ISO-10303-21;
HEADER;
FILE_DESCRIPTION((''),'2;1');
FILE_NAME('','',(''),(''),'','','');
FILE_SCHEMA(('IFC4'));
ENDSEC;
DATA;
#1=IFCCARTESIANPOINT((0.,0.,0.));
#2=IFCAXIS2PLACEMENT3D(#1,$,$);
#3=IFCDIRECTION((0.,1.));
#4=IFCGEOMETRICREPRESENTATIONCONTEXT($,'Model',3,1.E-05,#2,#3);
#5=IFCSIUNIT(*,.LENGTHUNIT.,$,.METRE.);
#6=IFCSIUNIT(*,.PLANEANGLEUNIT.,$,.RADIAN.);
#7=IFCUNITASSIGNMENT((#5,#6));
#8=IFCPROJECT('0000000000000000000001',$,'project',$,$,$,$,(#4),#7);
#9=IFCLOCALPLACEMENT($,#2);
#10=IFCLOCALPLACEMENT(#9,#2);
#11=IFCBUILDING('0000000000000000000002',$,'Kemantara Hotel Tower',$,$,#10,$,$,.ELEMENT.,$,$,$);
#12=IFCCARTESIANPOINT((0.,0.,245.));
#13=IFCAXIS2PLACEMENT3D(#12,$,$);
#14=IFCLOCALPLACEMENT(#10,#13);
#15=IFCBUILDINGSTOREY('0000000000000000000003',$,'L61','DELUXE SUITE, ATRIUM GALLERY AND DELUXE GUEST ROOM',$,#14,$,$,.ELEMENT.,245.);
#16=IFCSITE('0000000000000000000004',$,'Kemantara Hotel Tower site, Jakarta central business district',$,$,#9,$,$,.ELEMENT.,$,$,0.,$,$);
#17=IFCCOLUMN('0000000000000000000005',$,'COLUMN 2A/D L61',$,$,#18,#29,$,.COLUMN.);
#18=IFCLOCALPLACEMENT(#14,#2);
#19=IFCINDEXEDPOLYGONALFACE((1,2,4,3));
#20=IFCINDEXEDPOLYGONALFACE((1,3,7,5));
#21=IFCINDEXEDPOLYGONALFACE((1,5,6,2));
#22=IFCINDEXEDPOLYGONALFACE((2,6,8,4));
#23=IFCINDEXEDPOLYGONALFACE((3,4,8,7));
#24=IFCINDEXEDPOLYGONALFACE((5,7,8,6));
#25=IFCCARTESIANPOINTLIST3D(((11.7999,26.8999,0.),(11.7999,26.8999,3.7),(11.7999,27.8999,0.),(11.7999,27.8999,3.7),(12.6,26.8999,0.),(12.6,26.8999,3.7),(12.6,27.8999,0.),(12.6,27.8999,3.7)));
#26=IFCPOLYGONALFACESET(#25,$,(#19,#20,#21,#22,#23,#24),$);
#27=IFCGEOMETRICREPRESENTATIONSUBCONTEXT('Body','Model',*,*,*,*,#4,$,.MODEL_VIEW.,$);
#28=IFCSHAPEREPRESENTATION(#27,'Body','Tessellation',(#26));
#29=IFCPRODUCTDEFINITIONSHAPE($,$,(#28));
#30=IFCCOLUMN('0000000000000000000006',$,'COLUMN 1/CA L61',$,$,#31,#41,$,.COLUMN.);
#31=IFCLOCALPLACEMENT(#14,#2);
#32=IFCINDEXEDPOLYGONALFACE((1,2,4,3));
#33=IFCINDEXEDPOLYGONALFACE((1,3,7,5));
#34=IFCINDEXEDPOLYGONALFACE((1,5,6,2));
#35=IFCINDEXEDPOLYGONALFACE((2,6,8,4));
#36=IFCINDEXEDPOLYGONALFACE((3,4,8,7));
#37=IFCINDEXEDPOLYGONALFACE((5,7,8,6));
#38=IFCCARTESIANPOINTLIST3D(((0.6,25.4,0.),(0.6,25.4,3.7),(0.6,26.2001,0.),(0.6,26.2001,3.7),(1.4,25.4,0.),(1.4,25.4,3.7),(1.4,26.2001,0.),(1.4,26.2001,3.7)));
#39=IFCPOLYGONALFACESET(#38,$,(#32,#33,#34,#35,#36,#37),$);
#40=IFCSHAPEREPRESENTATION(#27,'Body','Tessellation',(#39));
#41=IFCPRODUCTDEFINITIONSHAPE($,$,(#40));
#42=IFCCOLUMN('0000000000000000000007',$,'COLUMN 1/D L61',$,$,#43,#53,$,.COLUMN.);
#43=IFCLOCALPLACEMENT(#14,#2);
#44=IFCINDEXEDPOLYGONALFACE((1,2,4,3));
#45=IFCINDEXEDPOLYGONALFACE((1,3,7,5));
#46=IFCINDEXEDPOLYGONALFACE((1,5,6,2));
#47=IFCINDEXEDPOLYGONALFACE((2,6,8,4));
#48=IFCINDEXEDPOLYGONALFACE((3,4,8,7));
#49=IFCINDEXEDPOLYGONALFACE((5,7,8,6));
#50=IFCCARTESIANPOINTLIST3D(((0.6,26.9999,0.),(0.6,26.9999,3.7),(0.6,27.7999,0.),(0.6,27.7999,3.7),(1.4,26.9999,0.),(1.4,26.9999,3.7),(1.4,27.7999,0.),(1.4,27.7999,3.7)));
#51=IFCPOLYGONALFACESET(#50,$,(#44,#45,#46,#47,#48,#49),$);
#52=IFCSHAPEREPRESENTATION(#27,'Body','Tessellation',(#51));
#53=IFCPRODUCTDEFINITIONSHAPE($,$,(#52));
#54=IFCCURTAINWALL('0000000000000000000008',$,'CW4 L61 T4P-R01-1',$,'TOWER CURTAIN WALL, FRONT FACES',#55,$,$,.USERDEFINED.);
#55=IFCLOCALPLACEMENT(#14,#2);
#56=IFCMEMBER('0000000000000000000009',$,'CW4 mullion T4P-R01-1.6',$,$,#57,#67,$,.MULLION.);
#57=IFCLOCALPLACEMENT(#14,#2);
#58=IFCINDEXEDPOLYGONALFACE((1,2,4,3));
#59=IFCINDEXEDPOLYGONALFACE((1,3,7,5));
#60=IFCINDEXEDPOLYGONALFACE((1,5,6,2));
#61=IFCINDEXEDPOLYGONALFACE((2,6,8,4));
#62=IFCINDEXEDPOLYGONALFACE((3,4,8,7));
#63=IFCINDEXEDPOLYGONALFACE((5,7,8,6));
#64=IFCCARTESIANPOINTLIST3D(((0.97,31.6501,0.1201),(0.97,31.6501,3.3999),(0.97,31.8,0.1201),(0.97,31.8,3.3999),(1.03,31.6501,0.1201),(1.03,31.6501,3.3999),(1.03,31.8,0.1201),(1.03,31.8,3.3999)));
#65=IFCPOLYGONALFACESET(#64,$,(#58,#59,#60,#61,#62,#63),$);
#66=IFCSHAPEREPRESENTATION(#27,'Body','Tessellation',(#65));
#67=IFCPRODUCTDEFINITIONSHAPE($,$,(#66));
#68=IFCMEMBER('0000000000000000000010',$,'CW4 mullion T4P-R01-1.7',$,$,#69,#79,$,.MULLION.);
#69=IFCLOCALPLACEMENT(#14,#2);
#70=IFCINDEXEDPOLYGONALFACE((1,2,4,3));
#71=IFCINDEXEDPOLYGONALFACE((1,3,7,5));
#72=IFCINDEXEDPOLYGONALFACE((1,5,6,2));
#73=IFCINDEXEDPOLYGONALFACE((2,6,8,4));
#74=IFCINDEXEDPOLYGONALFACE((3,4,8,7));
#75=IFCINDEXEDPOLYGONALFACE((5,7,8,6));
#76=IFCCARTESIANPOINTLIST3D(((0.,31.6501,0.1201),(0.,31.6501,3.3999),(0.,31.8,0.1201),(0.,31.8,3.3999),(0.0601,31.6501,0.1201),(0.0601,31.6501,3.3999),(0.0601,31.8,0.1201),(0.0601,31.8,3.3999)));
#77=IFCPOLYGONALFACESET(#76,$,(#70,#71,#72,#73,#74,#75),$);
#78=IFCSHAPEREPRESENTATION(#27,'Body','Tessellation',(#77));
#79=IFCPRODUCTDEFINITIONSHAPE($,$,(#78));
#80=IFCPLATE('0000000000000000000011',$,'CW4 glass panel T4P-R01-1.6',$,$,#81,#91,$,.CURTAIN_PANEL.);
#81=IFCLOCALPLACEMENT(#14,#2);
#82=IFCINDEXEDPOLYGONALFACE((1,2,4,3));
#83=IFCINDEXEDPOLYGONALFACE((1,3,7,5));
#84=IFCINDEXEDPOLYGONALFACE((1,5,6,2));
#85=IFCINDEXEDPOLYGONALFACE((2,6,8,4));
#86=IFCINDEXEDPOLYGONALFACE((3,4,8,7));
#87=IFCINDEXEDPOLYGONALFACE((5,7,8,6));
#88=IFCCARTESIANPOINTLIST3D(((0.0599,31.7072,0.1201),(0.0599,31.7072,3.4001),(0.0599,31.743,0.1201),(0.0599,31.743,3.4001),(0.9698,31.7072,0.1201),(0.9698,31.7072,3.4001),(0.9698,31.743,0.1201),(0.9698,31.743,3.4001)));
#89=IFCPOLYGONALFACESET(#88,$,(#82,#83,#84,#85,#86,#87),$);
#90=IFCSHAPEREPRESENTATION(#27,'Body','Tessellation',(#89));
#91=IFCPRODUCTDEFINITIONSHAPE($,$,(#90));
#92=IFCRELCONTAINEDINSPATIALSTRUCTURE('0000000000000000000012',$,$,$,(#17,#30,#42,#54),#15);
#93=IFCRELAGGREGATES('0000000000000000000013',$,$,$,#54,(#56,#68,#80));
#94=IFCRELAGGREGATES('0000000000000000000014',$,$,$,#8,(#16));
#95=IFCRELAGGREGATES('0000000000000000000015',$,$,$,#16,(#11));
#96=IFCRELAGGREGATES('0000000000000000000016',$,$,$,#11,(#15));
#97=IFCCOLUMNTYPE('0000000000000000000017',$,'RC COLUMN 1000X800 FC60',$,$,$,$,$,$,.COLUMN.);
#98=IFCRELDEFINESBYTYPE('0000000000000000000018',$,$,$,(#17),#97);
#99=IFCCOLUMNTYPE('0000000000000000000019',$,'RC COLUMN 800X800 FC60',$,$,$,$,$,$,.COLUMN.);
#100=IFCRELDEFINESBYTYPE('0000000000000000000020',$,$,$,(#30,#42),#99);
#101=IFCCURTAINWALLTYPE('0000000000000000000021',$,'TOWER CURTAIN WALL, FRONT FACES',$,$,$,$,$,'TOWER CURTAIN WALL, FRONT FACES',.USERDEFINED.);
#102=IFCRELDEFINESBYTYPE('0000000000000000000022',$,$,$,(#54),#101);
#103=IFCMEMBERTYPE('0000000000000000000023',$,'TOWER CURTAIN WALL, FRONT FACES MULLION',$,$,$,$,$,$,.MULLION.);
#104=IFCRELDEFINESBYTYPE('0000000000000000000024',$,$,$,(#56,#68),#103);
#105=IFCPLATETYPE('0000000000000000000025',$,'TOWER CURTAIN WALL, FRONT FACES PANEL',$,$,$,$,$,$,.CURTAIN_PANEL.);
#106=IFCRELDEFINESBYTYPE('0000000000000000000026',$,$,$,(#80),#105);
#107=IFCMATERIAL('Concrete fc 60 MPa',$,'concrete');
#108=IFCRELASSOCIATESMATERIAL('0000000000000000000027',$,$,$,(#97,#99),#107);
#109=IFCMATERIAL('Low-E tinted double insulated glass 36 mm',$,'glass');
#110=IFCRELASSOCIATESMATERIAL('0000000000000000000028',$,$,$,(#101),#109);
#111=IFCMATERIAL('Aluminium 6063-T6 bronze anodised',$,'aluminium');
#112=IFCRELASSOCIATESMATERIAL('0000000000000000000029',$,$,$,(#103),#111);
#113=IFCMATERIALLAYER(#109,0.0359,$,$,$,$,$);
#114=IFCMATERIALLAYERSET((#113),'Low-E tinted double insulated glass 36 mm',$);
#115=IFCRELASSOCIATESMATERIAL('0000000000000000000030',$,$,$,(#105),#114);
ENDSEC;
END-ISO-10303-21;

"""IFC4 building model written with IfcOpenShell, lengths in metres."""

from ifc_helpers import new_model, si_unit, direction, frame, origin, origin_2d, place, context, subcontext, project, spatial, rectangle, extrude, source, transform, mapped, material, layer, layer_set, material_profile, profile_set, type_object, element, aggregate, save


model = new_model("IFC4")

# Units and contexts
model_context = context("Model", 3, precision=1e-05, world=origin(), true_north=direction((0.0, 1.0)))
body_context = subcontext(model_context, "Body", "Model", "MODEL_VIEW")
ifc_project = project(units=[si_unit("LENGTHUNIT", "METRE"), si_unit("PLANEANGLEUNIT", "RADIAN")], contexts=[model_context])

# Site, building, storey
site_placement = place(None, origin())
site = spatial("IfcSite", under=ifc_project, at=site_placement, Name="Kemantara Hotel Tower site, Jakarta central business district", CompositionType="ELEMENT", RefElevation=0.0)
building_placement = place(site_placement, origin())
building = spatial("IfcBuilding", under=site, at=building_placement, Name="Kemantara Hotel Tower", CompositionType="ELEMENT")
storey_placement = place(building_placement, frame((0.0, 0.0, 245.0)))
storey = spatial("IfcBuildingStorey", under=building, at=storey_placement, Name="L61", Description="DELUXE SUITE, ATRIUM GALLERY AND DELUXE GUEST ROOM", CompositionType="ELEMENT", Elevation=245.0)

# Columns
ifc_material_1 = material(Name="Concrete fc 60 MPa", Category="concrete")
ifc_material_profile_1 = material_profile(ifc_material_1, rectangle(XDim=1.0, YDim=0.8, at=origin_2d()), Name="RC 1000X800")
ifc_profile_set_1 = profile_set([ifc_material_profile_1], Name="Concrete fc 60 MPa")
column_type_1 = type_object("IfcColumnType", Name="RC COLUMN 1000X800 FC60", PredefinedType="COLUMN", material=ifc_profile_set_1)
column_placement = place(storey_placement, frame((12.2, 27.3999, 0.0), z_axis=(0.0, 0.0, 1.0), x_axis=(0.0, 1.0, 0.0)))
element("IfcColumn", 1, at=column_placement, inside=storey, type_object=column_type_1, Name="COLUMN 2A/D L61", PredefinedType="COLUMN", context=body_context, shape_type="SweptSolid", body=[
    extrude(rectangle(XDim=1.0, YDim=0.8, at=origin_2d()), origin(), (0.0, 0.0, 1.0), 3.7),
])
ifc_material_profile_2 = material_profile(ifc_material_1, rectangle(XDim=0.8, YDim=0.8, at=origin_2d()), Name="RC 800X800")
ifc_profile_set_2 = profile_set([ifc_material_profile_2], Name="Concrete fc 60 MPa")
column_type_2 = type_object("IfcColumnType", Name="RC COLUMN 800X800 FC60", PredefinedType="COLUMN", material=ifc_profile_set_2)
for number, where, z_axis, x_axis, name in (
    (2, (1.0, 25.8, 0.0), (0.0, 0.0, 1.0), (1.0, 0.0, 0.0), "COLUMN 1/CA L61"),
    (3, (1.0, 27.3999, 0.0), (0.0, 0.0, 1.0), (1.0, 0.0, 0.0), "COLUMN 1/D L61"),
):
    element("IfcColumn", number, at=place(storey_placement, frame(where, z_axis=z_axis, x_axis=x_axis)), inside=storey, type_object=column_type_2, Name=name, PredefinedType="COLUMN", context=body_context, shape_type="SweptSolid", body=[
        extrude(rectangle(XDim=0.8, YDim=0.8, at=origin_2d()), origin(), (0.0, 0.0, 1.0), 3.7),
    ])

# Curtain wall, members, plate
ifc_material_2 = material(Name="Low-E tinted double insulated glass 36 mm", Category="glass")
curtain_wall_type = type_object("IfcCurtainWallType", Name="TOWER CURTAIN WALL, FRONT FACES", ElementType="TOWER CURTAIN WALL, FRONT FACES", PredefinedType="USERDEFINED", material=ifc_material_2)
curtain_wall_placement = place(storey_placement, origin())
curtain_wall = element("IfcCurtainWall", 4, at=curtain_wall_placement, inside=storey, type_object=curtain_wall_type, Name="CW4 L61 T4P-R01-1", ObjectType="TOWER CURTAIN WALL, FRONT FACES", PredefinedType="USERDEFINED")
ifc_material_3 = material(Name="Aluminium 6063-T6 bronze anodised", Category="aluminium")
ifc_material_profile_3 = material_profile(ifc_material_3, rectangle(XDim=0.1499, YDim=0.0601, at=origin_2d()), Name="TOWER CURTAIN WALL, FRONT FACES MULLION")
ifc_profile_set_3 = profile_set([ifc_material_profile_3], Name="Aluminium 6063-T6 bronze anodised")
member_type = type_object("IfcMemberType", Name="TOWER CURTAIN WALL, FRONT FACES MULLION", PredefinedType="MULLION", material=ifc_profile_set_3)
shared_shape_1 = source(origin(), body_context, "Body", "SweptSolid", [
    extrude(rectangle(XDim=0.1499, YDim=0.0601, at=origin_2d()), origin(), (0.0, 0.0, 1.0), 3.2798),
])
member_1_placement = place(storey_placement, frame((1.0, 31.7251, 0.1201), z_axis=(0.0, 0.0, 1.0), x_axis=(0.0, -1.0, 0.0)))
member_1 = element("IfcMember", 5, at=member_1_placement, type_object=member_type, Name="CW4 mullion T4P-R01-1.6", PredefinedType="MULLION", context=body_context, shape_type="MappedRepresentation", body=[
    mapped(shared_shape_1, transform((0.0, 0.0, 0.0))),
])
member_2_placement = place(storey_placement, frame((0.03, 31.7251, 0.1201), z_axis=(0.0, 0.0, 1.0), x_axis=(0.0, -1.0, 0.0)))
member_2 = element("IfcMember", 6, at=member_2_placement, type_object=member_type, Name="CW4 mullion T4P-R01-1.7", PredefinedType="MULLION", context=body_context, shape_type="MappedRepresentation", body=[
    mapped(shared_shape_1, transform((0.0, 0.0, 0.0))),
])
ifc_layer_1 = layer(ifc_material_2, 0.0359)
ifc_layer_set_1 = layer_set([ifc_layer_1], Name="Low-E tinted double insulated glass 36 mm")
plate_type = type_object("IfcPlateType", Name="TOWER CURTAIN WALL, FRONT FACES PANEL", PredefinedType="CURTAIN_PANEL", material=ifc_layer_set_1)
shared_shape_2 = source(origin(), body_context, "Body", "SweptSolid", [
    extrude(rectangle(XDim=0.9099, YDim=0.0359, at=origin_2d()), origin(), (0.0, 0.0, 1.0), 3.28),
])
plate_placement = place(storey_placement, frame((0.5149, 31.7251, 0.1201), z_axis=(0.0, 0.0, 1.0), x_axis=(-1.0, 0.0, 0.0)))
plate = element("IfcPlate", 7, at=plate_placement, type_object=plate_type, Name="CW4 glass panel T4P-R01-1.6", PredefinedType="CURTAIN_PANEL", context=body_context, shape_type="MappedRepresentation", body=[
    mapped(shared_shape_2, transform((0.0, 0.0, 0.0))),
])
aggregate(curtain_wall, [member_1, member_2, plate])

save(model, "model.ifc")
